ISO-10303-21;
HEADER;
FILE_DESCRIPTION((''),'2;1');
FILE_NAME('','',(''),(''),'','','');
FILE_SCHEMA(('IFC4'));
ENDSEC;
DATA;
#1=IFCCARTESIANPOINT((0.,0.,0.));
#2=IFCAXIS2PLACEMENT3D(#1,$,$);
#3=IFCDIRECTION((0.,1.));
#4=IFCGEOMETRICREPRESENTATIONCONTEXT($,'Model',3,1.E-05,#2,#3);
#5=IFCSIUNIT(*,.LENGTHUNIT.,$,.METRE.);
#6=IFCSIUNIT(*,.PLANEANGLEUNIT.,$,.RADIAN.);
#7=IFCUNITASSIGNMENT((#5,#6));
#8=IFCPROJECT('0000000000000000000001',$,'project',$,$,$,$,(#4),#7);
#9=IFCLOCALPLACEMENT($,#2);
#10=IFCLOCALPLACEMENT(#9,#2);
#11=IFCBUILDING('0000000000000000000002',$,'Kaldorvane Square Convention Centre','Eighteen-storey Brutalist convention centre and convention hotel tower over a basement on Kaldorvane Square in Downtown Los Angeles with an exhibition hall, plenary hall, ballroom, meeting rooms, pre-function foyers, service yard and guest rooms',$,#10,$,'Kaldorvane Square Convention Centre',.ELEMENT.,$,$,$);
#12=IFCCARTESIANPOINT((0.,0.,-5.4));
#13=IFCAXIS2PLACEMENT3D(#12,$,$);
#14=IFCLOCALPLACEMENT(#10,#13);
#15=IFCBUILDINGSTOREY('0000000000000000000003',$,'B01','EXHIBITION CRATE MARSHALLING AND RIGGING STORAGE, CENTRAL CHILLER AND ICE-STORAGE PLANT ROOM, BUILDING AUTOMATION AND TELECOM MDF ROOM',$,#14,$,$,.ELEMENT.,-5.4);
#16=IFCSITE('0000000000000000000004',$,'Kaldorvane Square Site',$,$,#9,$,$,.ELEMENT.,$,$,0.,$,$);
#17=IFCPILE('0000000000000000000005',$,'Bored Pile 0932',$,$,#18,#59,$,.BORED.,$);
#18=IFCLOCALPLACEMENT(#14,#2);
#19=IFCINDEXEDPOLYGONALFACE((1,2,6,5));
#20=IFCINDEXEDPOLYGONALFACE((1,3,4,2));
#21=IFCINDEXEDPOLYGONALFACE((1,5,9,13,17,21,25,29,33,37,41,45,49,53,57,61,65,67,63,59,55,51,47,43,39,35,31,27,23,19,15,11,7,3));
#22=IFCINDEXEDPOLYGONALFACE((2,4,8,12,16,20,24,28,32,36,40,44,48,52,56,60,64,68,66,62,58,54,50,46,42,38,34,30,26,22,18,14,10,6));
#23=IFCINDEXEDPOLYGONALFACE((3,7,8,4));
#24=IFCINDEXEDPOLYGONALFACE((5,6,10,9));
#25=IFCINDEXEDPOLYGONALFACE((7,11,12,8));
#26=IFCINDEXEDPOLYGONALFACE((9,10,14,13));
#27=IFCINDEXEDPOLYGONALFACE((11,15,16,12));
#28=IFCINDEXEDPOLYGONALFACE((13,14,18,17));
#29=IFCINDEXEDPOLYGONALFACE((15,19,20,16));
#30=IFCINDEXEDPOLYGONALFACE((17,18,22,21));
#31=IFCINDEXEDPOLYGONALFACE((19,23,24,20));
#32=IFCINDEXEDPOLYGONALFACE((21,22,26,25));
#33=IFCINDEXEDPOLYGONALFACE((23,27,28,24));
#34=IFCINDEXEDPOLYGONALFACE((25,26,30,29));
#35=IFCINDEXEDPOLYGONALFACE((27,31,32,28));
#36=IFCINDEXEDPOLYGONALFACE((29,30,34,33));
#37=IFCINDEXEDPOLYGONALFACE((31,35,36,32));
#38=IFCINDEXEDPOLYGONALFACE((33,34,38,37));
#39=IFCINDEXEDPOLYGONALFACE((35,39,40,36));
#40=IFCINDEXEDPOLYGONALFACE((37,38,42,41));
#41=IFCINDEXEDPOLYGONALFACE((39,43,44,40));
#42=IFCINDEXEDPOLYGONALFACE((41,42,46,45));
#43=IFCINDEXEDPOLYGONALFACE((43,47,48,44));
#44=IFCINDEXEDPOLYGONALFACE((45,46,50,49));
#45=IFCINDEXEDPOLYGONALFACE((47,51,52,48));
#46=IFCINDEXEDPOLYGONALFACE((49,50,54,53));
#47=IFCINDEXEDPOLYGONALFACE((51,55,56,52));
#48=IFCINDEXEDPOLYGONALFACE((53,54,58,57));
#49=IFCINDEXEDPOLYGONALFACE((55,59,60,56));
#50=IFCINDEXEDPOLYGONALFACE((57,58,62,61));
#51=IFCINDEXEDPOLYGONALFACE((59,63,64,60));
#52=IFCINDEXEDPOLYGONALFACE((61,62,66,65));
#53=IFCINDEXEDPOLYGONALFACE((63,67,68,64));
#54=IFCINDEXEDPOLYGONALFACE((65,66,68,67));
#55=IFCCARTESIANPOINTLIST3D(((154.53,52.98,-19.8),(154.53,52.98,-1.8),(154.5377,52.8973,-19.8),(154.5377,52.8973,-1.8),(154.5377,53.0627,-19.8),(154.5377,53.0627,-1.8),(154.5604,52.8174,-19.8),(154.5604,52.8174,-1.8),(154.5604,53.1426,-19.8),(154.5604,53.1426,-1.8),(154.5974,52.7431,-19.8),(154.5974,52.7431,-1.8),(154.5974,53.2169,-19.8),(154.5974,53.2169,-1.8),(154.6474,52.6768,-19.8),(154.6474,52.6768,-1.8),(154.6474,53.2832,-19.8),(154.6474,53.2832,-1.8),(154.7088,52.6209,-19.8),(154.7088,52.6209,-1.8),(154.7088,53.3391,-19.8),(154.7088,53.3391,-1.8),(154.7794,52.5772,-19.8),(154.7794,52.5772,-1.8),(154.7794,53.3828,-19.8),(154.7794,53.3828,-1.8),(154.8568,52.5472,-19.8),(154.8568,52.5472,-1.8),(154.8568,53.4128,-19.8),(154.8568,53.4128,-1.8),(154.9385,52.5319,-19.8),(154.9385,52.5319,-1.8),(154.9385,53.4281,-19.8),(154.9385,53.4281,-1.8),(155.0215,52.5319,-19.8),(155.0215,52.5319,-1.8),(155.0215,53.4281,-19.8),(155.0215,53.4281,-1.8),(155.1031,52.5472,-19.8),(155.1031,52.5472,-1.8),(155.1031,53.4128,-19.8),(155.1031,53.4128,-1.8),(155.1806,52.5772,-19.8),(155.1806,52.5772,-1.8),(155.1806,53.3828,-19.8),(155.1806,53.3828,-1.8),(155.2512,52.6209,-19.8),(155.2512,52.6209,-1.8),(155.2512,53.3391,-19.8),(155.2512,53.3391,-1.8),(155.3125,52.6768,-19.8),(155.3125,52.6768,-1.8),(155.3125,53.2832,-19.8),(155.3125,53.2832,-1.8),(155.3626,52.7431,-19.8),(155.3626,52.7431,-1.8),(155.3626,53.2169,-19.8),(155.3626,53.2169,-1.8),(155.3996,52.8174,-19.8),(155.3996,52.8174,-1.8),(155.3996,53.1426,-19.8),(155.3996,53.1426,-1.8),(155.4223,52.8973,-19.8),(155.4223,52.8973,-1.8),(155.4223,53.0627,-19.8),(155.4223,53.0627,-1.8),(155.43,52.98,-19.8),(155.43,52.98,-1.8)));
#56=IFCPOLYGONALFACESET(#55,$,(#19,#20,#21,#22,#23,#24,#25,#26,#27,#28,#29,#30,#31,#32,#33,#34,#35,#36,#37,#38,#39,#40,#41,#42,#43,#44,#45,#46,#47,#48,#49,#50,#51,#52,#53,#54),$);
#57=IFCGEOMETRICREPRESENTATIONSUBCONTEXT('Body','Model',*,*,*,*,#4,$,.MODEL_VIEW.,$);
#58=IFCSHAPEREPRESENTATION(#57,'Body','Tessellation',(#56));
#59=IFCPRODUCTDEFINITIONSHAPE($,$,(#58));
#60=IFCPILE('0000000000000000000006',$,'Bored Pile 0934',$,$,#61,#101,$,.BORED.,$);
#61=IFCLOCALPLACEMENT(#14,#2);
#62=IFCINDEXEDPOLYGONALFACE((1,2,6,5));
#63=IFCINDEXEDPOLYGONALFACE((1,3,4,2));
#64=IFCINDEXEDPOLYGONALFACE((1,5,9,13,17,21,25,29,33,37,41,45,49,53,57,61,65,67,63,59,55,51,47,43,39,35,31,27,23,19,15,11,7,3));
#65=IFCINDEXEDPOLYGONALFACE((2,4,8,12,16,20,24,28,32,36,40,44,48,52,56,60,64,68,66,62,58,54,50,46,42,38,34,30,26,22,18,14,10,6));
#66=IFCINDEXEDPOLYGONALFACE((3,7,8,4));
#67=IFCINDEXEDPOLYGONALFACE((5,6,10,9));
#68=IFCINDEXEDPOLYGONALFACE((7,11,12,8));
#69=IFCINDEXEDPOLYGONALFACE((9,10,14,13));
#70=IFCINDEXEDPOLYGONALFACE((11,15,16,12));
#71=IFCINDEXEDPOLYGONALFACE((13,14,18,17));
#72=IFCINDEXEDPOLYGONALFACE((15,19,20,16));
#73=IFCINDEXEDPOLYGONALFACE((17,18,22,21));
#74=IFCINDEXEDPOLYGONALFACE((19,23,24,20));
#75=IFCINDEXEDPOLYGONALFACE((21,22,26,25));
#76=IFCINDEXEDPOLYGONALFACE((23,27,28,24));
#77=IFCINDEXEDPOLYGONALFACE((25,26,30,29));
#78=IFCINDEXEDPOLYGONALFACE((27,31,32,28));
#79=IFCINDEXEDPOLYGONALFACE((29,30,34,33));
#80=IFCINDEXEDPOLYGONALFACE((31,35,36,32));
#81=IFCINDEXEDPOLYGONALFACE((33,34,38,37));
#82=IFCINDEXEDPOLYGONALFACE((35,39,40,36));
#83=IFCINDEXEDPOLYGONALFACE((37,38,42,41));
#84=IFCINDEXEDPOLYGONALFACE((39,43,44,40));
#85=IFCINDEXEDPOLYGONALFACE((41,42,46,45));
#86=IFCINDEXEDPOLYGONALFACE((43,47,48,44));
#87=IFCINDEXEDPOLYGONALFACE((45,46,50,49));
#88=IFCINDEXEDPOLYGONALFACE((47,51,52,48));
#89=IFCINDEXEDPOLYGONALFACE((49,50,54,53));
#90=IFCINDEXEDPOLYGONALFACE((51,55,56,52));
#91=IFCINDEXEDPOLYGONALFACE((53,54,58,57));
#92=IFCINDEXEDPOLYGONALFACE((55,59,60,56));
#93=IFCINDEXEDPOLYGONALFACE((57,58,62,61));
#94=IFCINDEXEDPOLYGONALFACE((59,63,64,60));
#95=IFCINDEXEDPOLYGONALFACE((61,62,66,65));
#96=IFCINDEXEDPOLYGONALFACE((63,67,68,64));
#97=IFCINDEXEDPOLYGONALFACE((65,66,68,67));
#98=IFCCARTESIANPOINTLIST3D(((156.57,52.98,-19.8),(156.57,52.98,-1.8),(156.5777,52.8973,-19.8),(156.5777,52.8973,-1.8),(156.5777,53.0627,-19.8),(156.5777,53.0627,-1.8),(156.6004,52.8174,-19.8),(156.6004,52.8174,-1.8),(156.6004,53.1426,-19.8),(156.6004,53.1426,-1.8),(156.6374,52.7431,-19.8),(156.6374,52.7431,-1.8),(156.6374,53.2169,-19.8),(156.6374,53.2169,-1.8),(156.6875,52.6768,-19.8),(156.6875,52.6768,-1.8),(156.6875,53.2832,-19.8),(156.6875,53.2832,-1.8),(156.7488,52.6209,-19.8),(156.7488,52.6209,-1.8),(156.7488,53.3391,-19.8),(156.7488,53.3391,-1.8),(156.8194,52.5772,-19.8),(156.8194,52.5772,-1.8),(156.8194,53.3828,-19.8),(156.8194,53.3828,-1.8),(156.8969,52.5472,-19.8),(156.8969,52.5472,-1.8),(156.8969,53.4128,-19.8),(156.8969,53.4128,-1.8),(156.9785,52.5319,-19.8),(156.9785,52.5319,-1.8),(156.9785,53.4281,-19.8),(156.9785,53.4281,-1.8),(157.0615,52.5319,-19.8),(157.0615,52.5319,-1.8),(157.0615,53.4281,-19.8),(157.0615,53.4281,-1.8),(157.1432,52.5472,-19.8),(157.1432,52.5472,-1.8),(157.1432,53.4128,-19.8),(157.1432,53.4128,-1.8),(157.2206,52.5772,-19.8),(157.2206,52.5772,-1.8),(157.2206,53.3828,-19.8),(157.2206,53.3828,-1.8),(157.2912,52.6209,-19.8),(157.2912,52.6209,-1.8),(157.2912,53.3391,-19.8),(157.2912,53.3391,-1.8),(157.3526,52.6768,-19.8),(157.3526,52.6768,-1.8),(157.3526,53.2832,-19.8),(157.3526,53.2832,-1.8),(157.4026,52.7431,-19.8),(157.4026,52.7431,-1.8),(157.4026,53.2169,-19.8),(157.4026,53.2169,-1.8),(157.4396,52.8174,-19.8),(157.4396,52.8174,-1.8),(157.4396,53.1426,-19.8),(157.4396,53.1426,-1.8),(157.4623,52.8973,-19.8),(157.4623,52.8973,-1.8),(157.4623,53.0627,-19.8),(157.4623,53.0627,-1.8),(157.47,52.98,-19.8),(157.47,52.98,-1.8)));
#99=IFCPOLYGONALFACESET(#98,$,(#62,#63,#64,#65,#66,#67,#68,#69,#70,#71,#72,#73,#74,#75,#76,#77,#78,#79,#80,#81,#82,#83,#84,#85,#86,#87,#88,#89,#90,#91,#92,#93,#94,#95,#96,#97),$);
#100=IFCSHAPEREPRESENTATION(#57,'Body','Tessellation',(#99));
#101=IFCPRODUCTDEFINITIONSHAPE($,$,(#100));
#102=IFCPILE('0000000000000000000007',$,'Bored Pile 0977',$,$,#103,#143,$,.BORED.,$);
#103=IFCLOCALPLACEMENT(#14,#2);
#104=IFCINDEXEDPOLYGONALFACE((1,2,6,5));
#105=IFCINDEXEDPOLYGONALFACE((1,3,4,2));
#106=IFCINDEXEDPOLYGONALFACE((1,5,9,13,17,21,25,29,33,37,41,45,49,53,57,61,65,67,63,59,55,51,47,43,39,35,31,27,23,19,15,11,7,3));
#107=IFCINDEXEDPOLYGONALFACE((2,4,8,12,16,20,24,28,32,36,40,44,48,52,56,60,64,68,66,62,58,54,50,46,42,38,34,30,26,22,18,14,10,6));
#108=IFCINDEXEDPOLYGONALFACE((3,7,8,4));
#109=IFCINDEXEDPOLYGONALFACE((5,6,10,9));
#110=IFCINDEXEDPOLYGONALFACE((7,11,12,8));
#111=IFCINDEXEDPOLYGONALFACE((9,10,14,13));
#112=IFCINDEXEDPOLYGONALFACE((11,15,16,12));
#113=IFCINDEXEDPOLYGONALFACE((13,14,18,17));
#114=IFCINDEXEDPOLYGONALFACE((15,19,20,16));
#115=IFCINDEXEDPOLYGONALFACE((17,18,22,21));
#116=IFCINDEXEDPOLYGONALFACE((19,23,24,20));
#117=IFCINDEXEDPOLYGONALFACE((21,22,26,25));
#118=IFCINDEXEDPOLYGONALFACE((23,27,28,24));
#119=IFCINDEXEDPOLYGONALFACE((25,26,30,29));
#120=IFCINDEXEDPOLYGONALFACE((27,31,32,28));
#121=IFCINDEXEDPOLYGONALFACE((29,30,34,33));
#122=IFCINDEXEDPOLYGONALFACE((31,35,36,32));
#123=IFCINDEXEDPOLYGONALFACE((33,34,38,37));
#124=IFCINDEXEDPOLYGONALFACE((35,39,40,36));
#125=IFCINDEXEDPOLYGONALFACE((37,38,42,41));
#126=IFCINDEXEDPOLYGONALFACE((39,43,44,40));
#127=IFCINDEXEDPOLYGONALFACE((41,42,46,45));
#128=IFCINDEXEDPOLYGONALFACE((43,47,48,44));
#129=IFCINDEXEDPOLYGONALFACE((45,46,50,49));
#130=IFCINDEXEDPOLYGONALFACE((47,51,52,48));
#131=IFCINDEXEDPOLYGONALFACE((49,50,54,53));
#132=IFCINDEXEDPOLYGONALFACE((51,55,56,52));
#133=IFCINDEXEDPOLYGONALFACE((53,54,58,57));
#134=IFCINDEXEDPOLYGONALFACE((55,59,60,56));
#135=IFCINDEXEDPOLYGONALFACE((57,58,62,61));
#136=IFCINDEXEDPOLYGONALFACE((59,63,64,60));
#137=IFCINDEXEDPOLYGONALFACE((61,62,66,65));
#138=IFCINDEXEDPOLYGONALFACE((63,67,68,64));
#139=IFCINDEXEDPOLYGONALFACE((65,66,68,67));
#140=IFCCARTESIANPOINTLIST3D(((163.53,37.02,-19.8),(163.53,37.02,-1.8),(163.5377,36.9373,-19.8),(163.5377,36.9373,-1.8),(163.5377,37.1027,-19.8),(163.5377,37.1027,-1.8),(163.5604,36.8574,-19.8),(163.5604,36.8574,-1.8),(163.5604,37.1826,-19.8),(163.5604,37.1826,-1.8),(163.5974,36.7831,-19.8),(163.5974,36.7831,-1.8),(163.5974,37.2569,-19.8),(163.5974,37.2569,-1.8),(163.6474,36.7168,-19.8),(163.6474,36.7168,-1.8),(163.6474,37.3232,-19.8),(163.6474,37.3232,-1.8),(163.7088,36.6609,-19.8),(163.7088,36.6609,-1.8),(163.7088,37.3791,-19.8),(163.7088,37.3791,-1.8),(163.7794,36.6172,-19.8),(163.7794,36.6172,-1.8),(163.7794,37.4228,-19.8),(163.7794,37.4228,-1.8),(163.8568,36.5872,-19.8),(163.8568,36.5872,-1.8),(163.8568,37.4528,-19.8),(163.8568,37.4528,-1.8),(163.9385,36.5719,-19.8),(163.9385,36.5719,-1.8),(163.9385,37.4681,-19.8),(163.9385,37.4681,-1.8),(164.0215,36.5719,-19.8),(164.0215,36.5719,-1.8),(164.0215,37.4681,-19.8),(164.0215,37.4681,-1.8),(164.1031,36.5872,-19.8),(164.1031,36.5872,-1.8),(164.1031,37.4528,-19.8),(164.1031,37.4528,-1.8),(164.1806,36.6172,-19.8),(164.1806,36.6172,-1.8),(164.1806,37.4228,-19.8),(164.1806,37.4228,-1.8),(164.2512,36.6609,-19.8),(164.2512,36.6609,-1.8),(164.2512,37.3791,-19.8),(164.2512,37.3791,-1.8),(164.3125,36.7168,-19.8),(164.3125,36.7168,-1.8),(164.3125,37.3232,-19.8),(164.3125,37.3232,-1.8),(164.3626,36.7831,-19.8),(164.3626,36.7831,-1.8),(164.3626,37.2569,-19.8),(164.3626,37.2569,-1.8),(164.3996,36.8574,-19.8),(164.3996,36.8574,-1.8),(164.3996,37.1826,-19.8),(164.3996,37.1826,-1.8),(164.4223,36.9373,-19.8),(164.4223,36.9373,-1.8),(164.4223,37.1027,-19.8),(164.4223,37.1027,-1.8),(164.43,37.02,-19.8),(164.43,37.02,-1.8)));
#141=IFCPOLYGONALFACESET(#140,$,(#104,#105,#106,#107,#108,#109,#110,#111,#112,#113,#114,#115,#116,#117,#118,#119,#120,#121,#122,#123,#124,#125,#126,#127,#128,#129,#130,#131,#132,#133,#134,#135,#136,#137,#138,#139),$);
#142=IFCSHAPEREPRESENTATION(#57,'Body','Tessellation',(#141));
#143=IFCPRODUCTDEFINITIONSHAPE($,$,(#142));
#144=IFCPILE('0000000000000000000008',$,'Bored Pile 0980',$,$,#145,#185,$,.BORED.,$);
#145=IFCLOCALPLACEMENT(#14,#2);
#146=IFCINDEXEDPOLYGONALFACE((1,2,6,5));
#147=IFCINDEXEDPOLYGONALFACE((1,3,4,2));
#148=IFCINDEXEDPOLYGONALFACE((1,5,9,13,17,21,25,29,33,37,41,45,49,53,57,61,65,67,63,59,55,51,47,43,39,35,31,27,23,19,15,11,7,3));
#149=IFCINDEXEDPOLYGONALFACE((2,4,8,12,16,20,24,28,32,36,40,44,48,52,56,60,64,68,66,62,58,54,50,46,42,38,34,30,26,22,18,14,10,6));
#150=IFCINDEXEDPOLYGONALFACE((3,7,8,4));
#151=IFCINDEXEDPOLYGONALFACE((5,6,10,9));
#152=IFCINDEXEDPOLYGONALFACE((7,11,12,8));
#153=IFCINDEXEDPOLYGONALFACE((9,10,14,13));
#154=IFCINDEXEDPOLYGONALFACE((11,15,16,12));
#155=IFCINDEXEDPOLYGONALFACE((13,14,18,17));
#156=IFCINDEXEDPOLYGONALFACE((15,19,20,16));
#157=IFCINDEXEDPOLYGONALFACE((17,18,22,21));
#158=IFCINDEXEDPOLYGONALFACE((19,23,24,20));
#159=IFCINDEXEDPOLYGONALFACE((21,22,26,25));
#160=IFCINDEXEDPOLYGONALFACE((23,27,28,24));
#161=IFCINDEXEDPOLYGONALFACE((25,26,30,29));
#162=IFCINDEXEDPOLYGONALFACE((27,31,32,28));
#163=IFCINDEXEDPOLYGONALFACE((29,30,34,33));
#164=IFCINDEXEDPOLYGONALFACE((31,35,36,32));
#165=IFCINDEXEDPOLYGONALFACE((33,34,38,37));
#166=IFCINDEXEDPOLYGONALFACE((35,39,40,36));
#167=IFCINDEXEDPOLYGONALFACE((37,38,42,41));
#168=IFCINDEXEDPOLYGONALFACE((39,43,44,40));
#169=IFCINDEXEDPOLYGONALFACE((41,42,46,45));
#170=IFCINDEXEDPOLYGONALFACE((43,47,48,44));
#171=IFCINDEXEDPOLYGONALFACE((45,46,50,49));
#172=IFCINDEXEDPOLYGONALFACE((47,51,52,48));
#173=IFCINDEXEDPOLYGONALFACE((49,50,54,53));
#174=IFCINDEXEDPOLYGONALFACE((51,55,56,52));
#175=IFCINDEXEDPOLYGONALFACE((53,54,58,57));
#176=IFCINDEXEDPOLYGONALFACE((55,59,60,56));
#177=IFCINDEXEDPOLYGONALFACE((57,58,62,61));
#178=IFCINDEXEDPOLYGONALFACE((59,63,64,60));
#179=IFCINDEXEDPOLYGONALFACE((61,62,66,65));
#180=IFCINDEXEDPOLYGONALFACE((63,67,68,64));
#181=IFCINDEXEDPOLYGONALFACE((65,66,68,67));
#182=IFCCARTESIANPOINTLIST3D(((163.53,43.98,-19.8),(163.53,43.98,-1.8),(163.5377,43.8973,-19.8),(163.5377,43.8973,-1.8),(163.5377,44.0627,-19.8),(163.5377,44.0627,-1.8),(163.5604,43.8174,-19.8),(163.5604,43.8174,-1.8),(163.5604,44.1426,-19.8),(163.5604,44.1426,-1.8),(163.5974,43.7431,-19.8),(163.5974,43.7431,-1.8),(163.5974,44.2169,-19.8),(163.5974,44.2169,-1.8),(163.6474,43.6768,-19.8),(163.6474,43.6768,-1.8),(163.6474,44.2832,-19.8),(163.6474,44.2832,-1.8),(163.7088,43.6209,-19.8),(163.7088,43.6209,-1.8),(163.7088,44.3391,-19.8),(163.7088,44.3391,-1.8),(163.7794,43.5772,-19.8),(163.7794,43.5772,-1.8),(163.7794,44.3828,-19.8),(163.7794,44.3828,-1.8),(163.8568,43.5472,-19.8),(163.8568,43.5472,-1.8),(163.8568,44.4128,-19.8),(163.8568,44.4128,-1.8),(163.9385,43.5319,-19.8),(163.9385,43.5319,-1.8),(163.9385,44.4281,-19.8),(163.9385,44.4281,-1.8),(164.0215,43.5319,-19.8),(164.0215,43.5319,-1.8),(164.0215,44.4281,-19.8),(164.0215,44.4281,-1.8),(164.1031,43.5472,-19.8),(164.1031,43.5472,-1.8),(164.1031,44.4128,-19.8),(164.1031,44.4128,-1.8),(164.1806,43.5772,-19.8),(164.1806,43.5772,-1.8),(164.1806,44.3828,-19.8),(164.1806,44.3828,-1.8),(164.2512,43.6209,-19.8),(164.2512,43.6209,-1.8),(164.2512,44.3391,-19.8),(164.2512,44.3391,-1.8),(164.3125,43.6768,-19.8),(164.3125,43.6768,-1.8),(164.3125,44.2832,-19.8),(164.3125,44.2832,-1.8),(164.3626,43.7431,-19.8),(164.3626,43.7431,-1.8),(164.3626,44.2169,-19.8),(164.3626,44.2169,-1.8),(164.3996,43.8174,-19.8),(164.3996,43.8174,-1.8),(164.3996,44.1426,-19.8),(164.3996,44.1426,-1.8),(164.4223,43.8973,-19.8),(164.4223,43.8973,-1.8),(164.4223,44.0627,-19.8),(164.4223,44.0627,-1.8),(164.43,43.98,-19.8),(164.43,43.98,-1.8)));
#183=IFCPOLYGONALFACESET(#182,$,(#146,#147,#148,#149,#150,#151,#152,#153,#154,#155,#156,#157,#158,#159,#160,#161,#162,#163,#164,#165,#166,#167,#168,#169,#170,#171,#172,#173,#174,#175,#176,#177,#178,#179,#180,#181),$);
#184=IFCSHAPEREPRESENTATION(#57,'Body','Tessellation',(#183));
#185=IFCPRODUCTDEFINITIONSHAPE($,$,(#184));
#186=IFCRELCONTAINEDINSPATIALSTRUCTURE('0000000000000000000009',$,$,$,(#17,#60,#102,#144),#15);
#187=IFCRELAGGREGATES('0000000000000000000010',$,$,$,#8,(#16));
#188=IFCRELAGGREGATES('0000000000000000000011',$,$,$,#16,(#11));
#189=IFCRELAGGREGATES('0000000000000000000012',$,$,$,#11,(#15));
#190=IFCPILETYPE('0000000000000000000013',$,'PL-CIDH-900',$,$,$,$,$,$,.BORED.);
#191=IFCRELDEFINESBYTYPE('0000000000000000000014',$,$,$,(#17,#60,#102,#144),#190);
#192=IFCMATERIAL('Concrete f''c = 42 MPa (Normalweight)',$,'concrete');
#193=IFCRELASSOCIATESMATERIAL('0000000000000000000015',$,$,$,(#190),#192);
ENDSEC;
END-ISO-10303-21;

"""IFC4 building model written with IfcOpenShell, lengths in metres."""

from ifc_helpers import new_model, si_unit, direction, frame, origin, origin_2d, place, context, subcontext, project, spatial, circle, extrude, material, material_profile, profile_set, type_object, element, save


model = new_model("IFC4")

# Units and contexts
model_context = context("Model", 3, precision=1e-05, world=origin(), true_north=direction((0.0, 1.0)))
body_context = subcontext(model_context, "Body", "Model", "MODEL_VIEW")
ifc_project = project(units=[si_unit("LENGTHUNIT", "METRE"), si_unit("PLANEANGLEUNIT", "RADIAN")], contexts=[model_context])

# Site, building, storey
site_placement = place(None, origin())
site = spatial("IfcSite", under=ifc_project, at=site_placement, Name="Kaldorvane Square Site", CompositionType="ELEMENT", RefElevation=0.0)
building_placement = place(site_placement, origin())
building = spatial("IfcBuilding", under=site, at=building_placement, Name="Kaldorvane Square Convention Centre", Description="Eighteen-storey Brutalist convention centre and convention hotel tower over a basement on Kaldorvane Square in Downtown Los Angeles with an exhibition hall, plenary hall, ballroom, meeting rooms, pre-function foyers, service yard and guest rooms", LongName="Kaldorvane Square Convention Centre", CompositionType="ELEMENT")
storey_placement = place(building_placement, frame((0.0, 0.0, -5.4)))
storey = spatial("IfcBuildingStorey", under=building, at=storey_placement, Name="B01", Description="EXHIBITION CRATE MARSHALLING AND RIGGING STORAGE, CENTRAL CHILLER AND ICE-STORAGE PLANT ROOM, BUILDING AUTOMATION AND TELECOM MDF ROOM", CompositionType="ELEMENT", Elevation=-5.4)

# Shared definitions
ifc_material_1 = material(Name="Concrete f'c = 42 MPa (Normalweight)", Category="concrete")

# Piles
ifc_material_profile_1 = material_profile(ifc_material_1, circle(Radius=0.45, at=origin_2d()), Name="PILE-D900")
ifc_profile_set_1 = profile_set([ifc_material_profile_1], Name="Concrete f'c = 42 MPa (Normalweight)")
pile_type = type_object("IfcPileType", Name="PL-CIDH-900", PredefinedType="BORED", material=ifc_profile_set_1)
for number, where, z_axis, x_axis, name in (
    (1, (154.98, 52.98, -1.8), (0.0, 0.0, -1.0), (1.0, 0.0, 0.0), "Bored Pile 0932"),
    (2, (157.02, 52.98, -1.8), (0.0, 0.0, -1.0), (1.0, 0.0, 0.0), "Bored Pile 0934"),
    (3, (163.98, 37.02, -1.8), (0.0, 0.0, -1.0), (1.0, 0.0, 0.0), "Bored Pile 0977"),
    (4, (163.98, 43.98, -1.8), (0.0, 0.0, -1.0), (1.0, 0.0, 0.0), "Bored Pile 0980"),
):
    element("IfcPile", number, at=place(storey_placement, frame(where, z_axis=z_axis, x_axis=x_axis)), inside=storey, type_object=pile_type, Name=name, PredefinedType="BORED", context=body_context, shape_type="SweptSolid", body=[
        extrude(circle(Radius=0.45, at=origin_2d()), origin(), (0.0, 0.0, 1.0), 18.0),
    ])

save(model, "model.ifc")
